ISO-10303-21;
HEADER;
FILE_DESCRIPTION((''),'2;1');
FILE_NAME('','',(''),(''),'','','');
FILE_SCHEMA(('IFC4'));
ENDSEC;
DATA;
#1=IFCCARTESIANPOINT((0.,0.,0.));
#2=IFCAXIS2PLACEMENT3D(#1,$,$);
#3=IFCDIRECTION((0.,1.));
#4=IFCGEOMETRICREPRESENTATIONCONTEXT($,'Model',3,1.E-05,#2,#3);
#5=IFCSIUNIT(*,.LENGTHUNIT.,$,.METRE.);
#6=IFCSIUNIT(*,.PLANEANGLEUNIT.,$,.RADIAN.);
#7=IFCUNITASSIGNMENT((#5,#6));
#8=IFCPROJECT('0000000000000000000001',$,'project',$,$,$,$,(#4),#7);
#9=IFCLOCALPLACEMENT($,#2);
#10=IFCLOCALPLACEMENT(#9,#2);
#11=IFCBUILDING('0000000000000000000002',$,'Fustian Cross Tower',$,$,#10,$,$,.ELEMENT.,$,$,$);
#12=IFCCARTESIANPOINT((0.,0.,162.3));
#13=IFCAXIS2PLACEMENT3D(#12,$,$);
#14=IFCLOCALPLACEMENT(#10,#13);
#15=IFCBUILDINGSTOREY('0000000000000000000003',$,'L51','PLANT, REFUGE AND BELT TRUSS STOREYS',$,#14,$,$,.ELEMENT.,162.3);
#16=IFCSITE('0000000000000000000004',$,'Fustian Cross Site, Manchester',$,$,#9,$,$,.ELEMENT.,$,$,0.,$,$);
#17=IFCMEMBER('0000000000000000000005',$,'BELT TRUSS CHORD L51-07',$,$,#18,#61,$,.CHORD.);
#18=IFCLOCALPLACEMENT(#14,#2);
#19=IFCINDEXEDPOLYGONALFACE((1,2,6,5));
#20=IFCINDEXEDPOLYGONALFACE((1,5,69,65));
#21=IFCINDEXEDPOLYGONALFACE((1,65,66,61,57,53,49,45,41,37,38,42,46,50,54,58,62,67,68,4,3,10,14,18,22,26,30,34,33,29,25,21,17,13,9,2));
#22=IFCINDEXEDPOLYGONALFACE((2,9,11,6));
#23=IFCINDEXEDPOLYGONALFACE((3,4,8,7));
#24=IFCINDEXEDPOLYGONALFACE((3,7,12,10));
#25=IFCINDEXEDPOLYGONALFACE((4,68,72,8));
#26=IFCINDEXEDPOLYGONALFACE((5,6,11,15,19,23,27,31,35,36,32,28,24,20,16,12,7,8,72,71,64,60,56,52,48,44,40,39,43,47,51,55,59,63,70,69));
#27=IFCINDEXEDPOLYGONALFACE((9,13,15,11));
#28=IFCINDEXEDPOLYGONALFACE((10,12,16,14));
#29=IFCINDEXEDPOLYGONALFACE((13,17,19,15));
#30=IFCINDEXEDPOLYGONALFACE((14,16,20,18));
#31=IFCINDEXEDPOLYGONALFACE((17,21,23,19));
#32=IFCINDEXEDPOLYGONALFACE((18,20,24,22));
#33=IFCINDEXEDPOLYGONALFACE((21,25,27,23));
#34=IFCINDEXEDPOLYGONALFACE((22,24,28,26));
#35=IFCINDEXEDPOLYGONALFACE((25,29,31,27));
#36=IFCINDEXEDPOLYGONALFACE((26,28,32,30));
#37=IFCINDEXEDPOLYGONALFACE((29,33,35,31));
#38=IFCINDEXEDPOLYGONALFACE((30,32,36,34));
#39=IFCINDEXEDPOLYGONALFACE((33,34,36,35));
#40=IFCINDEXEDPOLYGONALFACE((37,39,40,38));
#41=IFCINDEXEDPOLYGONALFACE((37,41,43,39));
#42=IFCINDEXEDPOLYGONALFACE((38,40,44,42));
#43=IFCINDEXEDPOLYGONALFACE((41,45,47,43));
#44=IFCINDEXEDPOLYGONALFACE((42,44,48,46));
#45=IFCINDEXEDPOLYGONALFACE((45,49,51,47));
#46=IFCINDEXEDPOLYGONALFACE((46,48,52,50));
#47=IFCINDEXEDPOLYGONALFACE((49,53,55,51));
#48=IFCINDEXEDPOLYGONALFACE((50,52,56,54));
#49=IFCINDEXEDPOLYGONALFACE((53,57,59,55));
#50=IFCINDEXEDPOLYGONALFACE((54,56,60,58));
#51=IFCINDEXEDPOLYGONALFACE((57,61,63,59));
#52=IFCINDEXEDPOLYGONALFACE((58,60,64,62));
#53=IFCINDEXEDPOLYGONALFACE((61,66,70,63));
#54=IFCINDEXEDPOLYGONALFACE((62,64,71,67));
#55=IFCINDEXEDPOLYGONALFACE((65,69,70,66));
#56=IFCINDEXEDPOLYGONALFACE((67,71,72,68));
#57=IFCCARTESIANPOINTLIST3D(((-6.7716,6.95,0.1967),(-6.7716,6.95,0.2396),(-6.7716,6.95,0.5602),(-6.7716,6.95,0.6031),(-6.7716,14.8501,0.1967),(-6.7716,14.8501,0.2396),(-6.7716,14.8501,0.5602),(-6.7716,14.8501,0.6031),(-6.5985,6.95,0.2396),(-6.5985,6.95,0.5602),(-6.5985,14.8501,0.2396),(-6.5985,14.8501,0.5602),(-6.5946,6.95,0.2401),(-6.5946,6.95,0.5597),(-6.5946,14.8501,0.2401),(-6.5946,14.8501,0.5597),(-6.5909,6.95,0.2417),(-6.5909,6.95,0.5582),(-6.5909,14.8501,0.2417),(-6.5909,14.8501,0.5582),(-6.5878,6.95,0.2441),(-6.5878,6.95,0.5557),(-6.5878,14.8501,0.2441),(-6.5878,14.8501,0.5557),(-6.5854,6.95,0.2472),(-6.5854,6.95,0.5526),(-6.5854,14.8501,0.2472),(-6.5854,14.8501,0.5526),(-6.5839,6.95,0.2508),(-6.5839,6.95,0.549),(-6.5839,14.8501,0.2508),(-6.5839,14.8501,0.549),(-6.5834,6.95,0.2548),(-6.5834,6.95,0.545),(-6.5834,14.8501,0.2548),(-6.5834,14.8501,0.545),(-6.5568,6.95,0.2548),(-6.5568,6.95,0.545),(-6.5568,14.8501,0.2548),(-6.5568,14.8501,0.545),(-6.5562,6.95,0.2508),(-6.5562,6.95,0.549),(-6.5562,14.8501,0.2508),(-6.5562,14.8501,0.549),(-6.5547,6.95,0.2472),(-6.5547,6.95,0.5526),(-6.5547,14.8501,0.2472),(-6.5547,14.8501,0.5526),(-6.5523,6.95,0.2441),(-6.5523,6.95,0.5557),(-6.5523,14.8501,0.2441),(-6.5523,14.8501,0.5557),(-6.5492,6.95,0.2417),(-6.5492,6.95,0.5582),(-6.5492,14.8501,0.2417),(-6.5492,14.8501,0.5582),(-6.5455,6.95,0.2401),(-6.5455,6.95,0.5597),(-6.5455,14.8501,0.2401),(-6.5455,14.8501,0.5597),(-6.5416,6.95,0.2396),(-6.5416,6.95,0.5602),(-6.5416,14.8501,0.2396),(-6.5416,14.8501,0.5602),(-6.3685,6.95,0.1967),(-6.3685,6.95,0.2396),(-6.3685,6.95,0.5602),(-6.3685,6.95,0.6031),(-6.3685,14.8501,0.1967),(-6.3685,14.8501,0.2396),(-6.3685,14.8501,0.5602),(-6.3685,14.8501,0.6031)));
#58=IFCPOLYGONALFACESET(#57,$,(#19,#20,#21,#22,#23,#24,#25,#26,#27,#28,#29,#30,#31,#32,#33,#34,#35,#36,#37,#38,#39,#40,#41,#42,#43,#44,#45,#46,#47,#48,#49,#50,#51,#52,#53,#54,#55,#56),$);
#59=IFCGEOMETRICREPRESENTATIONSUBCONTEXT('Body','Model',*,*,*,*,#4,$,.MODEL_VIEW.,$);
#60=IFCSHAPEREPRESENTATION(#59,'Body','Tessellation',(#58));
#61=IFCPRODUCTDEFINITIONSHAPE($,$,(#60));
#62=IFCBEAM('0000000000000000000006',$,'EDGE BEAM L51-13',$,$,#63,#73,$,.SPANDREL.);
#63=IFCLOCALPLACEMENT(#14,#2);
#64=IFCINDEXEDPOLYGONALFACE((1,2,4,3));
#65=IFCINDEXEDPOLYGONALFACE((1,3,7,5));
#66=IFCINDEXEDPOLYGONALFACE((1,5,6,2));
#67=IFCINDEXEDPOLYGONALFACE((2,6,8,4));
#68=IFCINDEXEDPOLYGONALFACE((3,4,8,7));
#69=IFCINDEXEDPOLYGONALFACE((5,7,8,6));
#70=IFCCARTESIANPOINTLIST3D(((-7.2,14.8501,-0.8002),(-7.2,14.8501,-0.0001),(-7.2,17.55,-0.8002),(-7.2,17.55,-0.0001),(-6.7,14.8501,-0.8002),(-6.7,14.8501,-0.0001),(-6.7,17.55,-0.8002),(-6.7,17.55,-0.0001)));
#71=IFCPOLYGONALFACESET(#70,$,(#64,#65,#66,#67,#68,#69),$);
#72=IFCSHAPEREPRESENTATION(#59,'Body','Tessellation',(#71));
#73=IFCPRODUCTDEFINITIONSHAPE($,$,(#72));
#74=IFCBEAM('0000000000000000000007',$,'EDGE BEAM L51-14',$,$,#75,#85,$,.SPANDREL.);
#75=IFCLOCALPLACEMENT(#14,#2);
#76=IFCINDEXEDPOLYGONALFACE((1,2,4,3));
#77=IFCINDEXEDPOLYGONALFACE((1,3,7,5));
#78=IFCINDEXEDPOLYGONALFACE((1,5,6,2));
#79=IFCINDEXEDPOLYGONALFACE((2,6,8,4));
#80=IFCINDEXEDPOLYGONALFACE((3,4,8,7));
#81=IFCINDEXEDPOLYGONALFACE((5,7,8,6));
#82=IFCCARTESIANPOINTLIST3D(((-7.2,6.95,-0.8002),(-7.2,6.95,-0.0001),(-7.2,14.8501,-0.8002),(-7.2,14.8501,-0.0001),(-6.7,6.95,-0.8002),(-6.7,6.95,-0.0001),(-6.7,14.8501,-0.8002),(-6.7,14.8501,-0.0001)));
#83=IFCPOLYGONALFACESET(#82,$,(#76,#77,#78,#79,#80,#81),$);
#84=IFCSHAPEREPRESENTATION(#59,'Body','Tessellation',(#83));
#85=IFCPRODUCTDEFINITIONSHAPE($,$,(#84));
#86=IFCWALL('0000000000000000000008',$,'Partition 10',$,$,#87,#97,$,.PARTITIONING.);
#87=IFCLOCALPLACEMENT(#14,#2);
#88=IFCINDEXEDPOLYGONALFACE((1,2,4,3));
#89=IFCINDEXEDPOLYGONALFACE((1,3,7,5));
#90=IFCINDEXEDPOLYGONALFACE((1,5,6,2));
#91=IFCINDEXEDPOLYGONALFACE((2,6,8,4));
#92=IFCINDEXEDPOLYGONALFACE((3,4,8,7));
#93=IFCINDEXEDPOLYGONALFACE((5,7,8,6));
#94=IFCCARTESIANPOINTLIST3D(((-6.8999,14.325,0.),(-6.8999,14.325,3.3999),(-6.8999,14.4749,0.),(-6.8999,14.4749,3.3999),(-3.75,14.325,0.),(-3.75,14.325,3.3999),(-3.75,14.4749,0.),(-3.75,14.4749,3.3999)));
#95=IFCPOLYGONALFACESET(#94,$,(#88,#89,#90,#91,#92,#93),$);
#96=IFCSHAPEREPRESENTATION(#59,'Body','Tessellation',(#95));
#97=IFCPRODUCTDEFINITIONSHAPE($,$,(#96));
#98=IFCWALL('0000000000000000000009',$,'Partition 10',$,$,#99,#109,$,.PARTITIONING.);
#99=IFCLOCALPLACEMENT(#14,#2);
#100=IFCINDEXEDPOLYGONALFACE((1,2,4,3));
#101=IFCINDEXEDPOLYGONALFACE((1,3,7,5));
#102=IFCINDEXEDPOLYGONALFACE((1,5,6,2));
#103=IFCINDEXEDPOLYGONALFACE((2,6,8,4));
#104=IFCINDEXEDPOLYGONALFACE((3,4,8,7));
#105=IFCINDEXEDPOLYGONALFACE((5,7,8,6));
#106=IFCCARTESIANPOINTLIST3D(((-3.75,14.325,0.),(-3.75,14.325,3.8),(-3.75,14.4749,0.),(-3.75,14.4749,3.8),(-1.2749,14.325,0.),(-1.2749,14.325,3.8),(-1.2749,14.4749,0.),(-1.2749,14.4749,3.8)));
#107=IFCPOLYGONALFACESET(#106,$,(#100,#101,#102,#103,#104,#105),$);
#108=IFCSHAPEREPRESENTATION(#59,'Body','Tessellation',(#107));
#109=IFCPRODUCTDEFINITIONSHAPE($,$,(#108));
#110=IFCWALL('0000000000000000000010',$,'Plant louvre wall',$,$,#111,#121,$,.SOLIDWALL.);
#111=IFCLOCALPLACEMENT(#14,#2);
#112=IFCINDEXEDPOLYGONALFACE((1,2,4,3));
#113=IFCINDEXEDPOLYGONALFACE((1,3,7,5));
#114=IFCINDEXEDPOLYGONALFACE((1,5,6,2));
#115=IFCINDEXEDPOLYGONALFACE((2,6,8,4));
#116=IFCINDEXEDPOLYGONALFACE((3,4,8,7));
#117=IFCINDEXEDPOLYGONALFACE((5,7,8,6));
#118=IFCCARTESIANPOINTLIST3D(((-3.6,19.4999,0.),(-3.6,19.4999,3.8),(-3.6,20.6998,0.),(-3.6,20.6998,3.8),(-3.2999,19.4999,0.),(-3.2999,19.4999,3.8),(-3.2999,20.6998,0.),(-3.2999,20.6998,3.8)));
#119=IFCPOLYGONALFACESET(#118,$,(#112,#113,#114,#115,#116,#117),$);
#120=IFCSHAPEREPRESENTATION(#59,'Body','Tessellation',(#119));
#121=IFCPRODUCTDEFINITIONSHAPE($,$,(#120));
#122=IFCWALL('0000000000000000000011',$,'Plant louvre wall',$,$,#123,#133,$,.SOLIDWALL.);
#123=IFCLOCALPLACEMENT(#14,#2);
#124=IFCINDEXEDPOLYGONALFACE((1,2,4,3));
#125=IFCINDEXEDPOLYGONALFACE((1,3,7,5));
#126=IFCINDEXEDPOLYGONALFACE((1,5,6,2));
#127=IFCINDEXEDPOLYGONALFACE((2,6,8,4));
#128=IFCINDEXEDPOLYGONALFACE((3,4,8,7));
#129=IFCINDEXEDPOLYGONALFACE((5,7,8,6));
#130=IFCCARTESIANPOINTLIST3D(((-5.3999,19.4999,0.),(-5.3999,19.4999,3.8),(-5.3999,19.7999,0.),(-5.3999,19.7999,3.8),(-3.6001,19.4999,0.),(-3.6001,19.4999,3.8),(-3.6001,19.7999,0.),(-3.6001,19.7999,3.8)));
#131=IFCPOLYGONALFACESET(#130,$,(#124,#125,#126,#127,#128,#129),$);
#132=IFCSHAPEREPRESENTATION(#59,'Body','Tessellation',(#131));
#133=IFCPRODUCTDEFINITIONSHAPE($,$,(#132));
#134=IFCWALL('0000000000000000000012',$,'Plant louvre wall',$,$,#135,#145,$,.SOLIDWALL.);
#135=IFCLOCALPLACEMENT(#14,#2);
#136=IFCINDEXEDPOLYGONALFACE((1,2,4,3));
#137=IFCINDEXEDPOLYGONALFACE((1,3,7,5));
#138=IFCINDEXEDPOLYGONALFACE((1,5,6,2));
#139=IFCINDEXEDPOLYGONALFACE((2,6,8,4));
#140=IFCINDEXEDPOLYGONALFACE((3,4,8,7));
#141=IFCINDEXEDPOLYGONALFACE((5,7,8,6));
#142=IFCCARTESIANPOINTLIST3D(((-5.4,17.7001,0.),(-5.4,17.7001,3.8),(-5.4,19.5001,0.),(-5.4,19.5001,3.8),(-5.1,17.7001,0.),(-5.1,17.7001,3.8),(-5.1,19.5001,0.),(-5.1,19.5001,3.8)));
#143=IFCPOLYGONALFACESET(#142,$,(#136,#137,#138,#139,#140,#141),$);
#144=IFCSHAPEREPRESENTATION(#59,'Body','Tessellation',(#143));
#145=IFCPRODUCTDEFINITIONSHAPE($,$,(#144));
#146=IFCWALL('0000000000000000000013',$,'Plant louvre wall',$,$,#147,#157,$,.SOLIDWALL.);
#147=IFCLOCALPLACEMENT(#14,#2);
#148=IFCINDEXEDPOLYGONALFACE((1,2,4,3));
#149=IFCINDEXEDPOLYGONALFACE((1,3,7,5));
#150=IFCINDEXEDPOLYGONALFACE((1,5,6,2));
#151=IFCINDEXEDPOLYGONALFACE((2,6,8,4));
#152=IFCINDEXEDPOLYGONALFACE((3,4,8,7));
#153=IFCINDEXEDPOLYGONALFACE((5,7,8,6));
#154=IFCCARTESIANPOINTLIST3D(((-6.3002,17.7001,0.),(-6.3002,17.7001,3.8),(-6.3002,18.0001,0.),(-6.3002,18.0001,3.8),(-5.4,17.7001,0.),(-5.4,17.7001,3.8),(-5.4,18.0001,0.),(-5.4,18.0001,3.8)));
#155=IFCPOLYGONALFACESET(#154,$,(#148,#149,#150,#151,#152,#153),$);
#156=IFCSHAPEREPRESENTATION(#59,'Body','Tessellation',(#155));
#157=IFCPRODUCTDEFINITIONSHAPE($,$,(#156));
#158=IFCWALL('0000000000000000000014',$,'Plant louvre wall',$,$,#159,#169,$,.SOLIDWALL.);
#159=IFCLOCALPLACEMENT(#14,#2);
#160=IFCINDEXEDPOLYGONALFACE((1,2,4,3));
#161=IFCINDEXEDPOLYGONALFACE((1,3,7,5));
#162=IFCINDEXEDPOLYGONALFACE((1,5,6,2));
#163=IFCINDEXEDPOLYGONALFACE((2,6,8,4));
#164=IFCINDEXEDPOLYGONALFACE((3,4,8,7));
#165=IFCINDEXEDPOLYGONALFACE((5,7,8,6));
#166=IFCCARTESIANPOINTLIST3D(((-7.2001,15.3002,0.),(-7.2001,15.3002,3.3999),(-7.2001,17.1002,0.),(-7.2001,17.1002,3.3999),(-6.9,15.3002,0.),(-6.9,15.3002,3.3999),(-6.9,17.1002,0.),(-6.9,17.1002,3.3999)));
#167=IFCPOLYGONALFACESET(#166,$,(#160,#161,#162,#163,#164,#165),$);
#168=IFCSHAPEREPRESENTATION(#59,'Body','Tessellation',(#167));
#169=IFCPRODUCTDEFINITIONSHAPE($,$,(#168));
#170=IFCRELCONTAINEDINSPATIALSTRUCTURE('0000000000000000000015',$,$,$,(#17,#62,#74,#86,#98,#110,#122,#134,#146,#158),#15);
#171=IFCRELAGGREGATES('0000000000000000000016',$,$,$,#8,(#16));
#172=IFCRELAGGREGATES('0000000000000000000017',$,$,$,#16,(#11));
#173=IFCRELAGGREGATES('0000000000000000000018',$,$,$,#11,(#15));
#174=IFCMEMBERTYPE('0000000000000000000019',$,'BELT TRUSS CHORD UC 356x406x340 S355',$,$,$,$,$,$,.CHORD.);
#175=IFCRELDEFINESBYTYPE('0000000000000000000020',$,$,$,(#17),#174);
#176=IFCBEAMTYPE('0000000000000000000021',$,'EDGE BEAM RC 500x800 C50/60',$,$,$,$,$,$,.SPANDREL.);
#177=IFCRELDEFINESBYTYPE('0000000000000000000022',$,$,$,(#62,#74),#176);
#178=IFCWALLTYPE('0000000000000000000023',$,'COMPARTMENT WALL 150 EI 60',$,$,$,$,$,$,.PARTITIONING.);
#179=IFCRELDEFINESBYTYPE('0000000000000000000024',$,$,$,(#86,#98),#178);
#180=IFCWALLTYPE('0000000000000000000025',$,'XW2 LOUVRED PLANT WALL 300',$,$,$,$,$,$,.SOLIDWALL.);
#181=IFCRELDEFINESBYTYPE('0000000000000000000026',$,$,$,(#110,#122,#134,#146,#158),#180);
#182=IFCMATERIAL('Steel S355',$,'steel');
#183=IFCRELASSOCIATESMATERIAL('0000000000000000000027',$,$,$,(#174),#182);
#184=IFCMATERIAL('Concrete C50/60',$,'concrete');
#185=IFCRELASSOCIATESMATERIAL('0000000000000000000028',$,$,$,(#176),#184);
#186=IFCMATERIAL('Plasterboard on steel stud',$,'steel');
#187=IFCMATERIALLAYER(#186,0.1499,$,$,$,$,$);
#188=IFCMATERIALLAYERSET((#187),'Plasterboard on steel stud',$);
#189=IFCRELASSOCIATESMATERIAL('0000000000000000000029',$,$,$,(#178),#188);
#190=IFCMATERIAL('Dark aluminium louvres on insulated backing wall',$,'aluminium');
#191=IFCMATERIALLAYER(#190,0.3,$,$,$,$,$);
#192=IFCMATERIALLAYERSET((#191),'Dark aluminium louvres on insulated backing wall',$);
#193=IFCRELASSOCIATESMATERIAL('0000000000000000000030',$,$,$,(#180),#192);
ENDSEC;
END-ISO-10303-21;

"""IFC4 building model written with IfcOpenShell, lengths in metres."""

from ifc_helpers import new_model, si_unit, direction, frame, frame_2d, origin, origin_2d, place, context, subcontext, project, spatial, rectangle, i_section, extrude, material, layer, layer_set, material_profile, profile_set, type_object, element, save


model = new_model("IFC4")

# Units and contexts
model_context = context("Model", 3, precision=1e-05, world=origin(), true_north=direction((0.0, 1.0)))
body_context = subcontext(model_context, "Body", "Model", "MODEL_VIEW")
ifc_project = project(units=[si_unit("LENGTHUNIT", "METRE"), si_unit("PLANEANGLEUNIT", "RADIAN")], contexts=[model_context])

# Site, building, storey
site_placement = place(None, origin())
site = spatial("IfcSite", under=ifc_project, at=site_placement, Name="Fustian Cross Site, Manchester", CompositionType="ELEMENT", RefElevation=0.0)
building_placement = place(site_placement, origin())
building = spatial("IfcBuilding", under=site, at=building_placement, Name="Fustian Cross Tower", CompositionType="ELEMENT")
storey_placement = place(building_placement, frame((0.0, 0.0, 162.3)))
storey = spatial("IfcBuildingStorey", under=building, at=storey_placement, Name="L51", Description="PLANT, REFUGE AND BELT TRUSS STOREYS", CompositionType="ELEMENT", Elevation=162.3)

# Member
ifc_material_1 = material(Name="Steel S355", Category="steel")
ifc_material_profile_1 = material_profile(ifc_material_1, i_section(OverallWidth=0.4031, OverallDepth=0.4065, WebThickness=0.0266, FlangeThickness=0.043, FilletRadius=0.0151, at=origin_2d()), Name="UC 356x406x340")
ifc_profile_set_1 = profile_set([ifc_material_profile_1], Name="Steel S355")
member_type_1 = type_object("IfcMemberType", Name="BELT TRUSS CHORD UC 356x406x340 S355", PredefinedType="CHORD", material=ifc_profile_set_1)
for number, where, z_axis, x_axis, name in (
    (1, (-6.5701, 14.8501, 0.3999), (0.0, -1.0, 0.0), (1.0, 0.0, 0.0), "BELT TRUSS CHORD L51-07"),
):
    element("IfcMember", number, at=place(storey_placement, frame(where, z_axis=z_axis, x_axis=x_axis)), inside=storey, type_object=member_type_1, Name=name, PredefinedType="CHORD", context=body_context, shape_type="SweptSolid", body=[
        extrude(i_section(OverallWidth=0.4031, OverallDepth=0.4065, WebThickness=0.0266, FlangeThickness=0.043, FilletRadius=0.0151, at=origin_2d()), origin(), (0.0, 0.0, 1.0), 7.9001),
    ])

# Beams
ifc_material_2 = material(Name="Concrete C50/60", Category="concrete")
ifc_material_profile_2 = material_profile(ifc_material_2, rectangle(XDim=0.5, YDim=0.8, at=origin_2d()), Name="RC 500x800")
ifc_profile_set_2 = profile_set([ifc_material_profile_2], Name="Concrete C50/60")
beam_type = type_object("IfcBeamType", Name="EDGE BEAM RC 500x800 C50/60", PredefinedType="SPANDREL", material=ifc_profile_set_2)
beam_1_placement = place(storey_placement, frame((-6.95, 17.55, -0.4001), z_axis=(0.0, -1.0, 0.0), x_axis=(1.0, 0.0, 0.0)))
element("IfcBeam", 2, at=beam_1_placement, inside=storey, type_object=beam_type, Name="EDGE BEAM L51-13", PredefinedType="SPANDREL", context=body_context, shape_type="SweptSolid", body=[
    extrude(rectangle(XDim=0.5, YDim=0.8, at=origin_2d()), origin(), (0.0, 0.0, 1.0), 2.7),
])
beam_2_placement = place(storey_placement, frame((-6.95, 14.8501, -0.4001), z_axis=(0.0, -1.0, 0.0), x_axis=(1.0, 0.0, 0.0)))
element("IfcBeam", 3, at=beam_2_placement, inside=storey, type_object=beam_type, Name="EDGE BEAM L51-14", PredefinedType="SPANDREL", context=body_context, shape_type="SweptSolid", body=[
    extrude(rectangle(XDim=0.5, YDim=0.8, at=origin_2d()), origin(), (0.0, 0.0, 1.0), 7.9001),
])

# Walls
ifc_material_3 = material(Name="Plasterboard on steel stud", Category="steel")
ifc_layer_1 = layer(ifc_material_3, 0.1499)
ifc_layer_set_1 = layer_set([ifc_layer_1], Name="Plasterboard on steel stud")
wall_type_1 = type_object("IfcWallType", Name="COMPARTMENT WALL 150 EI 60", PredefinedType="PARTITIONING", material=ifc_layer_set_1)
wall_1_placement = place(storey_placement, frame((-6.8999, 14.3999, 0.0), z_axis=(0.0, 0.0, 1.0), x_axis=(1.0, 0.0, 0.0)))
element("IfcWall", 4, at=wall_1_placement, inside=storey, type_object=wall_type_1, Name="Partition 10", PredefinedType="PARTITIONING", context=body_context, shape_type="SweptSolid", body=[
    extrude(rectangle(XDim=3.1499, YDim=0.1499, at=frame_2d((1.575, 0.0))), origin(), (0.0, 0.0, 1.0), 3.3999),
])
wall_2_placement = place(storey_placement, frame((-3.75, 14.3999, 0.0), z_axis=(0.0, 0.0, 1.0), x_axis=(1.0, 0.0, 0.0)))
element("IfcWall", 5, at=wall_2_placement, inside=storey, type_object=wall_type_1, Name="Partition 10", PredefinedType="PARTITIONING", context=body_context, shape_type="SweptSolid", body=[
    extrude(rectangle(XDim=2.4751, YDim=0.1499, at=frame_2d((1.2375, 0.0))), origin(), (0.0, 0.0, 1.0), 3.8),
])
ifc_material_4 = material(Name="Dark aluminium louvres on insulated backing wall", Category="aluminium")
ifc_layer_2 = layer(ifc_material_4, 0.3)
ifc_layer_set_2 = layer_set([ifc_layer_2], Name="Dark aluminium louvres on insulated backing wall")
wall_type_2 = type_object("IfcWallType", Name="XW2 LOUVRED PLANT WALL 300", PredefinedType="SOLIDWALL", material=ifc_layer_set_2)
wall_3_placement = place(storey_placement, frame((-3.45, 20.7, 0.0), z_axis=(0.0, 0.0, 1.0), x_axis=(0.0, -1.0, 0.0)))
element("IfcWall", 6, at=wall_3_placement, inside=storey, type_object=wall_type_2, Name="Plant louvre wall", PredefinedType="SOLIDWALL", context=body_context, shape_type="SweptSolid", body=[
    extrude(rectangle(XDim=1.2, YDim=0.3, at=frame_2d((0.6001, 0.0))), origin(), (0.0, 0.0, 1.0), 3.8),
])
wall_4_placement = place(storey_placement, frame((-3.6001, 19.6499, 0.0), z_axis=(0.0, 0.0, 1.0), x_axis=(-1.0, 0.0, 0.0)))
element("IfcWall", 7, at=wall_4_placement, inside=storey, type_object=wall_type_2, Name="Plant louvre wall", PredefinedType="SOLIDWALL", context=body_context, shape_type="SweptSolid", body=[
    extrude(rectangle(XDim=1.7998, YDim=0.3, at=frame_2d((0.8999, 0.0))), origin(), (0.0, 0.0, 1.0), 3.8),
])
wall_5_placement = place(storey_placement, frame((-5.25, 19.5, 0.0), z_axis=(0.0, 0.0, 1.0), x_axis=(0.0, -1.0, 0.0)))
element("IfcWall", 8, at=wall_5_placement, inside=storey, type_object=wall_type_2, Name="Plant louvre wall", PredefinedType="SOLIDWALL", context=body_context, shape_type="SweptSolid", body=[
    extrude(rectangle(XDim=1.8, YDim=0.3, at=frame_2d((0.8999, 0.0))), origin(), (0.0, 0.0, 1.0), 3.8),
])
wall_6_placement = place(storey_placement, frame((-5.3999, 17.8501, 0.0), z_axis=(0.0, 0.0, 1.0), x_axis=(-1.0, 0.0, 0.0)))
element("IfcWall", 9, at=wall_6_placement, inside=storey, type_object=wall_type_2, Name="Plant louvre wall", PredefinedType="SOLIDWALL", context=body_context, shape_type="SweptSolid", body=[
    extrude(rectangle(XDim=0.9001, YDim=0.3, at=frame_2d((0.4502, 0.0))), origin(), (0.0, 0.0, 1.0), 3.8),
])
wall_7_placement = place(storey_placement, frame((-7.05, 17.1001, 0.0), z_axis=(0.0, 0.0, 1.0), x_axis=(0.0, -1.0, 0.0)))
element("IfcWall", 10, at=wall_7_placement, inside=storey, type_object=wall_type_2, Name="Plant louvre wall", PredefinedType="SOLIDWALL", context=body_context, shape_type="SweptSolid", body=[
    extrude(rectangle(XDim=1.8, YDim=0.3, at=frame_2d((0.8999, 0.0))), origin(), (0.0, 0.0, 1.0), 3.3999),
])

save(model, "model.ifc")
